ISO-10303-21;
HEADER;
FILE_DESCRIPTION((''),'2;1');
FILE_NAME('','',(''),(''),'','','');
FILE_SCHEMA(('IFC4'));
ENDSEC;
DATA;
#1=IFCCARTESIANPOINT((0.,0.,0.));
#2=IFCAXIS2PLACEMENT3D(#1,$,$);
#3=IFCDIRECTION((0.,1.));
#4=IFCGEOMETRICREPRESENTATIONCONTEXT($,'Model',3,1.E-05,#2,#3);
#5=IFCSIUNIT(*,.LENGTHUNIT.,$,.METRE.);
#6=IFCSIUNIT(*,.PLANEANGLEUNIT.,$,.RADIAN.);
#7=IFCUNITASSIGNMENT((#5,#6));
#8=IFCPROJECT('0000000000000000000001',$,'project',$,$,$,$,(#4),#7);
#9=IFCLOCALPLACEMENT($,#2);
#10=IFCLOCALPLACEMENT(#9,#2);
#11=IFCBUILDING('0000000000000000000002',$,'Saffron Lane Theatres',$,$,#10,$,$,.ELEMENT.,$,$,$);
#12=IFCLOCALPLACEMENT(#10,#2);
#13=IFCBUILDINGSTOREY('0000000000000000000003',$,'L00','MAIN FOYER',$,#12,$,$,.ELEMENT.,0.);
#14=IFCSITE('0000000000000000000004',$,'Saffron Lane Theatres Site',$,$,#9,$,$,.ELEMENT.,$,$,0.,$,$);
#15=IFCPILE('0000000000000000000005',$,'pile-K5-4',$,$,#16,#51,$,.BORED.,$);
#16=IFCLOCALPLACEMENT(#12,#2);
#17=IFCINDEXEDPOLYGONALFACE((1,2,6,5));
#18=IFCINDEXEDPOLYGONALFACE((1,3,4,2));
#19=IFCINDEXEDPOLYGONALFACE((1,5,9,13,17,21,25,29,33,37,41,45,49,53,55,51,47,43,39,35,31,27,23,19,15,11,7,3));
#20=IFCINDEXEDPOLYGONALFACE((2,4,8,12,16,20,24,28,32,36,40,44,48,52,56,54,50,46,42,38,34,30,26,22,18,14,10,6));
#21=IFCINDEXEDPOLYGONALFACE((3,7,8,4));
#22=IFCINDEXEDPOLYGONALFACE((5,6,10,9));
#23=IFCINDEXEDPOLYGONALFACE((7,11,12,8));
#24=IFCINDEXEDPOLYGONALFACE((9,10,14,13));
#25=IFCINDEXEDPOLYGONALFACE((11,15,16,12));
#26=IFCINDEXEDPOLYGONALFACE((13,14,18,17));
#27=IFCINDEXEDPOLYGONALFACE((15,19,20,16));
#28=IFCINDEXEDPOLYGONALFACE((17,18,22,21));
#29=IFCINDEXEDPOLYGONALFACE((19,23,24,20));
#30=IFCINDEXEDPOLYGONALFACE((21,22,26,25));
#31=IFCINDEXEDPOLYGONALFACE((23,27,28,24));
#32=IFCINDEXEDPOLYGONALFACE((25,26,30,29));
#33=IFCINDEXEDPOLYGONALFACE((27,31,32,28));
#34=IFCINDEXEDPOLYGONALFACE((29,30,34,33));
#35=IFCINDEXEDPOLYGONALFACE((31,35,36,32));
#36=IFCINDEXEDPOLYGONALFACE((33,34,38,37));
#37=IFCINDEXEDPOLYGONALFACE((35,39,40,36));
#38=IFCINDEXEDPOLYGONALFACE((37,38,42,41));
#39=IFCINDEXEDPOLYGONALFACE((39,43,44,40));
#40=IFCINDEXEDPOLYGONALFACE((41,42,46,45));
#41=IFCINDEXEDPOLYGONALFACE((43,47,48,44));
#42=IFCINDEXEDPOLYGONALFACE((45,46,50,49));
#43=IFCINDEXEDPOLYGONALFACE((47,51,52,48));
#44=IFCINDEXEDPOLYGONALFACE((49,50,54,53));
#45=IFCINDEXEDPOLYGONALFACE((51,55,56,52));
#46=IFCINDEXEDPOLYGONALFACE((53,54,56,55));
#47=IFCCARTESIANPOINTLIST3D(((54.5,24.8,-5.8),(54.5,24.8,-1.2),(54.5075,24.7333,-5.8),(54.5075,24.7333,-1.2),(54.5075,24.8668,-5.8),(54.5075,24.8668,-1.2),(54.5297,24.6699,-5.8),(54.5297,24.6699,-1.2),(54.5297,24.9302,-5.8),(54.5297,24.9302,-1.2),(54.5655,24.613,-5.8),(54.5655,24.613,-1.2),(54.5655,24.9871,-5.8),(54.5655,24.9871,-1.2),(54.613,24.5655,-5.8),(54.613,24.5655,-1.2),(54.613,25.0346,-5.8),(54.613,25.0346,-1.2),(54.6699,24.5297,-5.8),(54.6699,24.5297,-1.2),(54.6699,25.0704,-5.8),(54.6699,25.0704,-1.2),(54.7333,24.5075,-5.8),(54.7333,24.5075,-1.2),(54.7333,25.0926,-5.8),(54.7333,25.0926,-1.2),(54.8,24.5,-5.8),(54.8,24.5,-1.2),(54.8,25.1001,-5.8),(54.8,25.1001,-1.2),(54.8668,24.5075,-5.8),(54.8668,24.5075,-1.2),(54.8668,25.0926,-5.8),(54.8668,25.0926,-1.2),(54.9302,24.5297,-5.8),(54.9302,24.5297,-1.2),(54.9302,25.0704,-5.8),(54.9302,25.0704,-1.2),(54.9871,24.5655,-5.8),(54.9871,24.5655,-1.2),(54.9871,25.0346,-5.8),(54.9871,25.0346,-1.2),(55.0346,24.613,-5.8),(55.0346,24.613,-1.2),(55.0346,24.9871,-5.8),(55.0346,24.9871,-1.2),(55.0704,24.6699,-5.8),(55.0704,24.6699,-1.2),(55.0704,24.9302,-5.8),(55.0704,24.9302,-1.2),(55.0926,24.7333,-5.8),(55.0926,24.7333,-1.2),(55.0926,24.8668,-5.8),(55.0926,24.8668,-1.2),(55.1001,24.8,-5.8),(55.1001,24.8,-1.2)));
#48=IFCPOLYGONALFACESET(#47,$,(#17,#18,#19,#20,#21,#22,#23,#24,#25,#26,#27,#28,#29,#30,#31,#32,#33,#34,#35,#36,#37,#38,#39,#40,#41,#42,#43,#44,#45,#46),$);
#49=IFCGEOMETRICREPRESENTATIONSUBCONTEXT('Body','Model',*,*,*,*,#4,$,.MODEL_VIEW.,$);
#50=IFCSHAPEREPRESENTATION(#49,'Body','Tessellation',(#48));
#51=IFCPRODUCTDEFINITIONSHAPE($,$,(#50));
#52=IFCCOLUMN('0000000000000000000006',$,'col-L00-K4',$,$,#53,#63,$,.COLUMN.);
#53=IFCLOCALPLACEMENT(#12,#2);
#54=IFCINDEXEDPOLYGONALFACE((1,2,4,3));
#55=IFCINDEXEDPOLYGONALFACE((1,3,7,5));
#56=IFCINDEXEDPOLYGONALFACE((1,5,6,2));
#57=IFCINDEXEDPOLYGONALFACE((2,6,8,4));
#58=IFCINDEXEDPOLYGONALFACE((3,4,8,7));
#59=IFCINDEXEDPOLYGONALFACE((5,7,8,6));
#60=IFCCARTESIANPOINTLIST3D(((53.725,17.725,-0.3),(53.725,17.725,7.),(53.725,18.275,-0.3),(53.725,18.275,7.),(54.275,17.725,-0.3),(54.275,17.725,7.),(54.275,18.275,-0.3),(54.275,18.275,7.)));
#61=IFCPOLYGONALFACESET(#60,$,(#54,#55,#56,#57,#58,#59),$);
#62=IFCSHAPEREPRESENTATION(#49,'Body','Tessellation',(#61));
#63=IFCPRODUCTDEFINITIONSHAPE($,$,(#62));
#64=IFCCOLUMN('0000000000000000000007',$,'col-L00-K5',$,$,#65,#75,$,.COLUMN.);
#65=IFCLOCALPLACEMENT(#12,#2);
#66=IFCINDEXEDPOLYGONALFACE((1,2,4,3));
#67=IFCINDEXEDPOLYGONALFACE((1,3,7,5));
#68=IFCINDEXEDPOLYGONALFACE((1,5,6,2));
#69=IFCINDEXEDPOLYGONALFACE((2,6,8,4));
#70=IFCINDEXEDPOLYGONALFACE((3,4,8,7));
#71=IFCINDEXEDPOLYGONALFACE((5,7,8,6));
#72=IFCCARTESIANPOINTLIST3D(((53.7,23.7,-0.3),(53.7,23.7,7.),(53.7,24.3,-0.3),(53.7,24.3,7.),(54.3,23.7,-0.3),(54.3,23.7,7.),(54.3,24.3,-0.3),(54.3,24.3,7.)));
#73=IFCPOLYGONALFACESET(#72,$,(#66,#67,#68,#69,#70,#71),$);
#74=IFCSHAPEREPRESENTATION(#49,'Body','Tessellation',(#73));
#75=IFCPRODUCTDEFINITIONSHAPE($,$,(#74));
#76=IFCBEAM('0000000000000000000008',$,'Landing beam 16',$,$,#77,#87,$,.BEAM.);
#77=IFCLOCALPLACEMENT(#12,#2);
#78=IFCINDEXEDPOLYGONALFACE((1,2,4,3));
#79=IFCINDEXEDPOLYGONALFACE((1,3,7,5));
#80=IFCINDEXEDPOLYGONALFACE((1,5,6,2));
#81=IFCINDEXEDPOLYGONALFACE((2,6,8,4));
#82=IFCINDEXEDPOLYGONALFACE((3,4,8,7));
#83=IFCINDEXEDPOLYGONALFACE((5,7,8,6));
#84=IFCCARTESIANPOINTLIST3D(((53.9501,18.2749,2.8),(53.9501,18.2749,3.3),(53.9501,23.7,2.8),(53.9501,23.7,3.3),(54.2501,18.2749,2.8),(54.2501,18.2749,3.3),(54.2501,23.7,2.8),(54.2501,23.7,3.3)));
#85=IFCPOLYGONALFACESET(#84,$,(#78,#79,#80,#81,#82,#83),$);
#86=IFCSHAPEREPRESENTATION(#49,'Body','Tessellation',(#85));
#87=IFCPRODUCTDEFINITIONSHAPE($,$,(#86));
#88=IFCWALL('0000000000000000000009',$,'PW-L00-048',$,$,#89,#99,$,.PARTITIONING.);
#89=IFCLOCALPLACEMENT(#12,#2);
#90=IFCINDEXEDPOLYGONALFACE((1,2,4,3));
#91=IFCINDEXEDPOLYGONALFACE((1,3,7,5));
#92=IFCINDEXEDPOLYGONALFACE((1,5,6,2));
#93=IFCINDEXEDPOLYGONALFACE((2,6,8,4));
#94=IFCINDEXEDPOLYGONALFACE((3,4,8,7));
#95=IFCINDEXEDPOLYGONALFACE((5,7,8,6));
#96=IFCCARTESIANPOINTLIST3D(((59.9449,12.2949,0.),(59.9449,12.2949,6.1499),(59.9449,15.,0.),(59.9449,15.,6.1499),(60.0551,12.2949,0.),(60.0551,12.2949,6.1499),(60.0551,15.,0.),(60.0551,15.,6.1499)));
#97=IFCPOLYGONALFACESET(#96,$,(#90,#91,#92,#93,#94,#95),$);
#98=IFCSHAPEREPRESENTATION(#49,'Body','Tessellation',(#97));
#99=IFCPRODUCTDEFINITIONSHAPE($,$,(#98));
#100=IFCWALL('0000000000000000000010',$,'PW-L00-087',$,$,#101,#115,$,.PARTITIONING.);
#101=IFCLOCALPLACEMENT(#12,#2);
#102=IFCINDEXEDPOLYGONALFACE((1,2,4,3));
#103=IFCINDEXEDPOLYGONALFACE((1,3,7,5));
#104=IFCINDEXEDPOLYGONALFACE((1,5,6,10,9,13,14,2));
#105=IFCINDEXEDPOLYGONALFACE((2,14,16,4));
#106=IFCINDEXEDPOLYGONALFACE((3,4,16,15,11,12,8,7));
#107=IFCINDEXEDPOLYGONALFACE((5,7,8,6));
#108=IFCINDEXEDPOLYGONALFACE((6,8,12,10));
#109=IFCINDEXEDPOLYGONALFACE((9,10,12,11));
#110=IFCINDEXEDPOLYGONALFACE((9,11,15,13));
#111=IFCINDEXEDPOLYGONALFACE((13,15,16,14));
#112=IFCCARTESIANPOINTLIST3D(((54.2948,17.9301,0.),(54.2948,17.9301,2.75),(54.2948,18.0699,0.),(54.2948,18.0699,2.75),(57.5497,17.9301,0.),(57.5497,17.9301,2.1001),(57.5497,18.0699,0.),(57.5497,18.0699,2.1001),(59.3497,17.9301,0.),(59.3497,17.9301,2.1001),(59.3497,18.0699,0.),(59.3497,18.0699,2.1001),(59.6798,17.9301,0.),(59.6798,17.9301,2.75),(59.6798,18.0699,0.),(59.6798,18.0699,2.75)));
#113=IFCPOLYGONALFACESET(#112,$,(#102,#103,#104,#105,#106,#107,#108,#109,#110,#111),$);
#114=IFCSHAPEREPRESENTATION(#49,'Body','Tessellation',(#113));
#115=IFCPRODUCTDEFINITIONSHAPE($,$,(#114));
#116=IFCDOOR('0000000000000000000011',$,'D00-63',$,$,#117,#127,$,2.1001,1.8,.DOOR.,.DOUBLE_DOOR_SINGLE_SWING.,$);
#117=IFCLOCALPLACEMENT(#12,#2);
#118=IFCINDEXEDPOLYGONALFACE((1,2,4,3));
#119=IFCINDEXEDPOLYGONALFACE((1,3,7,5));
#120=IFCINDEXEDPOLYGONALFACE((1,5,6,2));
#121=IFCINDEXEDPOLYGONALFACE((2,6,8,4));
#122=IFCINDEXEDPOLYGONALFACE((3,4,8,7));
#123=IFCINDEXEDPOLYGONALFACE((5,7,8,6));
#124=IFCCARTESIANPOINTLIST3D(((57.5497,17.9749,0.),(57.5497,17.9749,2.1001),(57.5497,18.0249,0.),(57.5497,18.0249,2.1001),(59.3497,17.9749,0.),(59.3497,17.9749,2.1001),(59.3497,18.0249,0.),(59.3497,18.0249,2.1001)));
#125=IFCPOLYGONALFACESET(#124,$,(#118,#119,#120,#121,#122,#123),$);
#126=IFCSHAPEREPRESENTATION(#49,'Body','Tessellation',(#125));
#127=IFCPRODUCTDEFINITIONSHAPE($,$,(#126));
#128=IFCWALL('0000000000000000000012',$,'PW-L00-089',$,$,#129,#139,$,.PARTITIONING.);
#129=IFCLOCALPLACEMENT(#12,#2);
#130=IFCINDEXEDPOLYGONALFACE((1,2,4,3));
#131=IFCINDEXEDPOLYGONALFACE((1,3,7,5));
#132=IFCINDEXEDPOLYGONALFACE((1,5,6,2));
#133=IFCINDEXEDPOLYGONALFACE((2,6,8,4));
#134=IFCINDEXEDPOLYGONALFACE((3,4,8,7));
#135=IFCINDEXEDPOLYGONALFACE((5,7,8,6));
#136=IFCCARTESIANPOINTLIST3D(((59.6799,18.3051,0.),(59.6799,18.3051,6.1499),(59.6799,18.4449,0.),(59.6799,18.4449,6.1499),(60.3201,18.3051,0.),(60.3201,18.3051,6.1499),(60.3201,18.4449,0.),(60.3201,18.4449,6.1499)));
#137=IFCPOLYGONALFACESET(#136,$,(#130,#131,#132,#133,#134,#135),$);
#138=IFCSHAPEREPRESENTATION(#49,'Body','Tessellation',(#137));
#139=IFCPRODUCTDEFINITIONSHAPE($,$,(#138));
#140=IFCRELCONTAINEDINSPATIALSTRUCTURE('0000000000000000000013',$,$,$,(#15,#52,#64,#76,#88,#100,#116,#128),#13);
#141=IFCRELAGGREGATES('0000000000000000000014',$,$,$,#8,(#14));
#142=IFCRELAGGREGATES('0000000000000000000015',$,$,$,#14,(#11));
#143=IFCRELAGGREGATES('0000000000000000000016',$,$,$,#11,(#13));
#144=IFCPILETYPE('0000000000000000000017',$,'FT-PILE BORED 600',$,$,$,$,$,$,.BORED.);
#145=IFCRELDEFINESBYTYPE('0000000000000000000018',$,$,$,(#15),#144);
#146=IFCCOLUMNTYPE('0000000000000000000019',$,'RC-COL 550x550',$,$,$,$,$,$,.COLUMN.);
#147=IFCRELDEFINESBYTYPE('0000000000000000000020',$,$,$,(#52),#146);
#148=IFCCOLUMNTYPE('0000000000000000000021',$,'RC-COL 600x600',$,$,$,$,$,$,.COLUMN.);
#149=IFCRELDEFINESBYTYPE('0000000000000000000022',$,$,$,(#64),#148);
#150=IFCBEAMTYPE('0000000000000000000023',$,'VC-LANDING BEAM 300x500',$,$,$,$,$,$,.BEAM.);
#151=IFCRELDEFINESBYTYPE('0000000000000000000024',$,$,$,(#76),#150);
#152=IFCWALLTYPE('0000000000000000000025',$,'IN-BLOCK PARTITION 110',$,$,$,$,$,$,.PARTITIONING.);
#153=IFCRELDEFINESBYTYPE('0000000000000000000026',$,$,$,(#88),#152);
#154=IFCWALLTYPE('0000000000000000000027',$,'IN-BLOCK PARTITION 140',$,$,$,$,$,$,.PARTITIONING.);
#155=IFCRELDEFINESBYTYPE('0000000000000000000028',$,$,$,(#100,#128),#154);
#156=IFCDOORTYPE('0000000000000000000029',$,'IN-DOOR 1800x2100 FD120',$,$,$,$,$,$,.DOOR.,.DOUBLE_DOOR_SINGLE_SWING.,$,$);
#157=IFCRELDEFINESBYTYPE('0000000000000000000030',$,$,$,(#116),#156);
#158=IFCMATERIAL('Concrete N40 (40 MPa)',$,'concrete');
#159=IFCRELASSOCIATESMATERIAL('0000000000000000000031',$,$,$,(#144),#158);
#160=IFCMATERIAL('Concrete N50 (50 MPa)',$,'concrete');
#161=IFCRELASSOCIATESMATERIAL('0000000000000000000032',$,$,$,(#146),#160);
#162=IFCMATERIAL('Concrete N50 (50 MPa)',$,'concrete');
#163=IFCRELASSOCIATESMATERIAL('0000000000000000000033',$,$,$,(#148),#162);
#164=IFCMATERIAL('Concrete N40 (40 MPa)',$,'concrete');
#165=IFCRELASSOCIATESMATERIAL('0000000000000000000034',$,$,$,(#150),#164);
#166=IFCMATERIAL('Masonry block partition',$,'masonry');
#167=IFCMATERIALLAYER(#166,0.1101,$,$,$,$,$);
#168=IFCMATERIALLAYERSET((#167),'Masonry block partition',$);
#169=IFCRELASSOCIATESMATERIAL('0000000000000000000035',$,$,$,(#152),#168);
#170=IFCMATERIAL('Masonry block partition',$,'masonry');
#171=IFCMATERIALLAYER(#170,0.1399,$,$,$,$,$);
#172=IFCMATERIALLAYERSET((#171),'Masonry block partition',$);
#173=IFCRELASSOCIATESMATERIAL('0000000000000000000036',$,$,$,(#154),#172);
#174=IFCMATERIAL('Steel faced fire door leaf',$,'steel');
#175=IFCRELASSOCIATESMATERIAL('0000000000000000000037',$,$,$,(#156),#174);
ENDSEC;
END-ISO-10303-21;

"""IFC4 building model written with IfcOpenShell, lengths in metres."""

from ifc_helpers import new_model, si_unit, direction, frame, frame_2d, origin, origin_2d, place, context, subcontext, project, spatial, rectangle, circle, extrude, material, layer, layer_set, material_profile, profile_set, type_object, element, fill, save


model = new_model("IFC4")

# Units and contexts
model_context = context("Model", 3, precision=1e-05, world=origin(), true_north=direction((0.0, 1.0)))
body_context = subcontext(model_context, "Body", "Model", "MODEL_VIEW")
ifc_project = project(units=[si_unit("LENGTHUNIT", "METRE"), si_unit("PLANEANGLEUNIT", "RADIAN")], contexts=[model_context])

# Site, building, storey
site_placement = place(None, origin())
site = spatial("IfcSite", under=ifc_project, at=site_placement, Name="Saffron Lane Theatres Site", CompositionType="ELEMENT", RefElevation=0.0)
building_placement = place(site_placement, origin())
building = spatial("IfcBuilding", under=site, at=building_placement, Name="Saffron Lane Theatres", CompositionType="ELEMENT")
storey_placement = place(building_placement, origin())
storey = spatial("IfcBuildingStorey", under=building, at=storey_placement, Name="L00", Description="MAIN FOYER", CompositionType="ELEMENT", Elevation=0.0)

# Pile
ifc_material_1 = material(Name="Concrete N40 (40 MPa)", Category="concrete")
ifc_material_profile_1 = material_profile(ifc_material_1, circle(Radius=0.3, at=origin_2d()))
ifc_profile_set_1 = profile_set([ifc_material_profile_1], Name="Concrete N40 (40 MPa)")
pile_type = type_object("IfcPileType", Name="FT-PILE BORED 600", PredefinedType="BORED", material=ifc_profile_set_1)
for number, where, z_axis, x_axis, name in (
    (1, (54.8, 24.8, -1.2), (0.0, 0.0, -1.0), (1.0, 0.0, 0.0), "pile-K5-4"),
):
    element("IfcPile", number, at=place(storey_placement, frame(where, z_axis=z_axis, x_axis=x_axis)), inside=storey, type_object=pile_type, Name=name, PredefinedType="BORED", context=body_context, shape_type="SweptSolid", body=[
        extrude(circle(Radius=0.3, at=origin_2d()), origin(), (0.0, 0.0, 1.0), 4.6001),
    ])

# Columns
ifc_material_2 = material(Name="Concrete N50 (50 MPa)", Category="concrete")
ifc_material_profile_2 = material_profile(ifc_material_2, rectangle(XDim=0.55, YDim=0.55, at=origin_2d()))
ifc_profile_set_2 = profile_set([ifc_material_profile_2], Name="Concrete N50 (50 MPa)")
column_type_1 = type_object("IfcColumnType", Name="RC-COL 550x550", PredefinedType="COLUMN", material=ifc_profile_set_2)
column_1_placement = place(storey_placement, frame((54.0, 18.0, -0.3), z_axis=(0.0, 0.0, 1.0), x_axis=(1.0, 0.0, 0.0)))
element("IfcColumn", 2, at=column_1_placement, inside=storey, type_object=column_type_1, Name="col-L00-K4", PredefinedType="COLUMN", context=body_context, shape_type="SweptSolid", body=[
    extrude(rectangle(XDim=0.55, YDim=0.55, at=origin_2d()), origin(), (0.0, 0.0, 1.0), 7.3),
])
ifc_material_3 = material(Name="Concrete N50 (50 MPa)", Category="concrete")
ifc_material_profile_3 = material_profile(ifc_material_3, rectangle(XDim=0.6001, YDim=0.6001, at=origin_2d()))
ifc_profile_set_3 = profile_set([ifc_material_profile_3], Name="Concrete N50 (50 MPa)")
column_type_2 = type_object("IfcColumnType", Name="RC-COL 600x600", PredefinedType="COLUMN", material=ifc_profile_set_3)
column_2_placement = place(storey_placement, frame((54.0, 24.0, -0.3), z_axis=(0.0, 0.0, 1.0), x_axis=(1.0, 0.0, 0.0)))
element("IfcColumn", 3, at=column_2_placement, inside=storey, type_object=column_type_2, Name="col-L00-K5", PredefinedType="COLUMN", context=body_context, shape_type="SweptSolid", body=[
    extrude(rectangle(XDim=0.6001, YDim=0.6001, at=origin_2d()), origin(), (0.0, 0.0, 1.0), 7.3),
])

# Beam
ifc_material_4 = material(Name="Concrete N40 (40 MPa)", Category="concrete")
ifc_material_profile_4 = material_profile(ifc_material_4, rectangle(XDim=0.3, YDim=0.5, at=origin_2d()))
ifc_profile_set_4 = profile_set([ifc_material_profile_4], Name="Concrete N40 (40 MPa)")
beam_type = type_object("IfcBeamType", Name="VC-LANDING BEAM 300x500", PredefinedType="BEAM", material=ifc_profile_set_4)
beam_placement = place(storey_placement, frame((54.1001, 18.2749, 3.05), z_axis=(0.0, 1.0, 0.0), x_axis=(-1.0, 0.0, 0.0)))
element("IfcBeam", 4, at=beam_placement, inside=storey, type_object=beam_type, Name="Landing beam 16", PredefinedType="BEAM", context=body_context, shape_type="SweptSolid", body=[
    extrude(rectangle(XDim=0.3, YDim=0.5, at=origin_2d()), origin(), (0.0, 0.0, 1.0), 5.425),
])

# Wall
ifc_material_5 = material(Name="Masonry block partition", Category="masonry")
ifc_layer_1 = layer(ifc_material_5, 0.1101)
ifc_layer_set_1 = layer_set([ifc_layer_1], Name="Masonry block partition")
wall_type_1 = type_object("IfcWallType", Name="IN-BLOCK PARTITION 110", PredefinedType="PARTITIONING", material=ifc_layer_set_1)
wall_1_placement = place(storey_placement, frame((60.0, 12.2949, 0.0), z_axis=(0.0, 0.0, 1.0), x_axis=(0.0, 1.0, 0.0)))
element("IfcWall", 5, at=wall_1_placement, inside=storey, type_object=wall_type_1, Name="PW-L00-048", PredefinedType="PARTITIONING", context=body_context, shape_type="SweptSolid", body=[
    extrude(rectangle(XDim=2.7051, YDim=0.1101, at=frame_2d((1.3525, 0.0))), origin(), (0.0, 0.0, 1.0), 6.1499),
])

# Wall, opening, door
ifc_material_6 = material(Name="Masonry block partition", Category="masonry")
ifc_layer_2 = layer(ifc_material_6, 0.1399)
ifc_layer_set_2 = layer_set([ifc_layer_2], Name="Masonry block partition")
wall_type_2 = type_object("IfcWallType", Name="IN-BLOCK PARTITION 140", PredefinedType="PARTITIONING", material=ifc_layer_set_2)
wall_2_placement = place(storey_placement, frame((54.2949, 18.0, 0.0), z_axis=(0.0, 0.0, 1.0), x_axis=(1.0, 0.0, 0.0)))
wall_2 = element("IfcWall", 6, at=wall_2_placement, inside=storey, type_object=wall_type_2, Name="PW-L00-087", PredefinedType="PARTITIONING", context=body_context, shape_type="SweptSolid", body=[
    extrude(rectangle(XDim=5.385, YDim=0.1399, at=frame_2d((2.6924, 0.0))), origin(), (0.0, 0.0, 1.0), 2.75),
])
opening_placement = place(wall_2_placement, frame((3.2549, 0.0, 0.0)))
opening = element("IfcOpeningElement", 7, at=opening_placement, cuts=wall_2, PredefinedType="OPENING", context=body_context, shape_type="SweptSolid", body=[
    extrude(rectangle(XDim=1.8, YDim=2.1001, at=frame_2d((0.8999, 1.05))), frame((0.0, 0.0801, 0.0), z_axis=(0.0, -1.0, 0.0), x_axis=(1.0, 0.0, 0.0)), (0.0, 0.0, 1.0), 0.1599),
])
ifc_material_7 = material(Name="Steel faced fire door leaf", Category="steel")
door_type = type_object("IfcDoorType", Name="IN-DOOR 1800x2100 FD120", OperationType="DOUBLE_DOOR_SINGLE_SWING", PredefinedType="DOOR", material=ifc_material_7)
door_placement = place(opening_placement, origin())
door = element("IfcDoor", 8, at=door_placement, inside=storey, type_object=door_type, Name="D00-63", OperationType="DOUBLE_DOOR_SINGLE_SWING", OverallHeight=2.1001, OverallWidth=1.8, PredefinedType="DOOR", context=body_context, shape_type="SweptSolid", body=[
    extrude(rectangle(XDim=1.8, YDim=2.1001, at=frame_2d((0.8999, 1.05))), frame((0.0, 0.0249, 0.0), z_axis=(0.0, -1.0, 0.0), x_axis=(1.0, 0.0, 0.0)), (0.0, 0.0, 1.0), 0.05),
])
fill(opening, door)

# Wall
wall_3_placement = place(storey_placement, frame((59.6799, 18.375, 0.0), z_axis=(0.0, 0.0, 1.0), x_axis=(1.0, 0.0, 0.0)))
element("IfcWall", 9, at=wall_3_placement, inside=storey, type_object=wall_type_2, Name="PW-L00-089", PredefinedType="PARTITIONING", context=body_context, shape_type="SweptSolid", body=[
    extrude(rectangle(XDim=0.6401, YDim=0.1399, at=frame_2d((0.3201, 0.0))), origin(), (0.0, 0.0, 1.0), 6.1499),
])

save(model, "model.ifc")
